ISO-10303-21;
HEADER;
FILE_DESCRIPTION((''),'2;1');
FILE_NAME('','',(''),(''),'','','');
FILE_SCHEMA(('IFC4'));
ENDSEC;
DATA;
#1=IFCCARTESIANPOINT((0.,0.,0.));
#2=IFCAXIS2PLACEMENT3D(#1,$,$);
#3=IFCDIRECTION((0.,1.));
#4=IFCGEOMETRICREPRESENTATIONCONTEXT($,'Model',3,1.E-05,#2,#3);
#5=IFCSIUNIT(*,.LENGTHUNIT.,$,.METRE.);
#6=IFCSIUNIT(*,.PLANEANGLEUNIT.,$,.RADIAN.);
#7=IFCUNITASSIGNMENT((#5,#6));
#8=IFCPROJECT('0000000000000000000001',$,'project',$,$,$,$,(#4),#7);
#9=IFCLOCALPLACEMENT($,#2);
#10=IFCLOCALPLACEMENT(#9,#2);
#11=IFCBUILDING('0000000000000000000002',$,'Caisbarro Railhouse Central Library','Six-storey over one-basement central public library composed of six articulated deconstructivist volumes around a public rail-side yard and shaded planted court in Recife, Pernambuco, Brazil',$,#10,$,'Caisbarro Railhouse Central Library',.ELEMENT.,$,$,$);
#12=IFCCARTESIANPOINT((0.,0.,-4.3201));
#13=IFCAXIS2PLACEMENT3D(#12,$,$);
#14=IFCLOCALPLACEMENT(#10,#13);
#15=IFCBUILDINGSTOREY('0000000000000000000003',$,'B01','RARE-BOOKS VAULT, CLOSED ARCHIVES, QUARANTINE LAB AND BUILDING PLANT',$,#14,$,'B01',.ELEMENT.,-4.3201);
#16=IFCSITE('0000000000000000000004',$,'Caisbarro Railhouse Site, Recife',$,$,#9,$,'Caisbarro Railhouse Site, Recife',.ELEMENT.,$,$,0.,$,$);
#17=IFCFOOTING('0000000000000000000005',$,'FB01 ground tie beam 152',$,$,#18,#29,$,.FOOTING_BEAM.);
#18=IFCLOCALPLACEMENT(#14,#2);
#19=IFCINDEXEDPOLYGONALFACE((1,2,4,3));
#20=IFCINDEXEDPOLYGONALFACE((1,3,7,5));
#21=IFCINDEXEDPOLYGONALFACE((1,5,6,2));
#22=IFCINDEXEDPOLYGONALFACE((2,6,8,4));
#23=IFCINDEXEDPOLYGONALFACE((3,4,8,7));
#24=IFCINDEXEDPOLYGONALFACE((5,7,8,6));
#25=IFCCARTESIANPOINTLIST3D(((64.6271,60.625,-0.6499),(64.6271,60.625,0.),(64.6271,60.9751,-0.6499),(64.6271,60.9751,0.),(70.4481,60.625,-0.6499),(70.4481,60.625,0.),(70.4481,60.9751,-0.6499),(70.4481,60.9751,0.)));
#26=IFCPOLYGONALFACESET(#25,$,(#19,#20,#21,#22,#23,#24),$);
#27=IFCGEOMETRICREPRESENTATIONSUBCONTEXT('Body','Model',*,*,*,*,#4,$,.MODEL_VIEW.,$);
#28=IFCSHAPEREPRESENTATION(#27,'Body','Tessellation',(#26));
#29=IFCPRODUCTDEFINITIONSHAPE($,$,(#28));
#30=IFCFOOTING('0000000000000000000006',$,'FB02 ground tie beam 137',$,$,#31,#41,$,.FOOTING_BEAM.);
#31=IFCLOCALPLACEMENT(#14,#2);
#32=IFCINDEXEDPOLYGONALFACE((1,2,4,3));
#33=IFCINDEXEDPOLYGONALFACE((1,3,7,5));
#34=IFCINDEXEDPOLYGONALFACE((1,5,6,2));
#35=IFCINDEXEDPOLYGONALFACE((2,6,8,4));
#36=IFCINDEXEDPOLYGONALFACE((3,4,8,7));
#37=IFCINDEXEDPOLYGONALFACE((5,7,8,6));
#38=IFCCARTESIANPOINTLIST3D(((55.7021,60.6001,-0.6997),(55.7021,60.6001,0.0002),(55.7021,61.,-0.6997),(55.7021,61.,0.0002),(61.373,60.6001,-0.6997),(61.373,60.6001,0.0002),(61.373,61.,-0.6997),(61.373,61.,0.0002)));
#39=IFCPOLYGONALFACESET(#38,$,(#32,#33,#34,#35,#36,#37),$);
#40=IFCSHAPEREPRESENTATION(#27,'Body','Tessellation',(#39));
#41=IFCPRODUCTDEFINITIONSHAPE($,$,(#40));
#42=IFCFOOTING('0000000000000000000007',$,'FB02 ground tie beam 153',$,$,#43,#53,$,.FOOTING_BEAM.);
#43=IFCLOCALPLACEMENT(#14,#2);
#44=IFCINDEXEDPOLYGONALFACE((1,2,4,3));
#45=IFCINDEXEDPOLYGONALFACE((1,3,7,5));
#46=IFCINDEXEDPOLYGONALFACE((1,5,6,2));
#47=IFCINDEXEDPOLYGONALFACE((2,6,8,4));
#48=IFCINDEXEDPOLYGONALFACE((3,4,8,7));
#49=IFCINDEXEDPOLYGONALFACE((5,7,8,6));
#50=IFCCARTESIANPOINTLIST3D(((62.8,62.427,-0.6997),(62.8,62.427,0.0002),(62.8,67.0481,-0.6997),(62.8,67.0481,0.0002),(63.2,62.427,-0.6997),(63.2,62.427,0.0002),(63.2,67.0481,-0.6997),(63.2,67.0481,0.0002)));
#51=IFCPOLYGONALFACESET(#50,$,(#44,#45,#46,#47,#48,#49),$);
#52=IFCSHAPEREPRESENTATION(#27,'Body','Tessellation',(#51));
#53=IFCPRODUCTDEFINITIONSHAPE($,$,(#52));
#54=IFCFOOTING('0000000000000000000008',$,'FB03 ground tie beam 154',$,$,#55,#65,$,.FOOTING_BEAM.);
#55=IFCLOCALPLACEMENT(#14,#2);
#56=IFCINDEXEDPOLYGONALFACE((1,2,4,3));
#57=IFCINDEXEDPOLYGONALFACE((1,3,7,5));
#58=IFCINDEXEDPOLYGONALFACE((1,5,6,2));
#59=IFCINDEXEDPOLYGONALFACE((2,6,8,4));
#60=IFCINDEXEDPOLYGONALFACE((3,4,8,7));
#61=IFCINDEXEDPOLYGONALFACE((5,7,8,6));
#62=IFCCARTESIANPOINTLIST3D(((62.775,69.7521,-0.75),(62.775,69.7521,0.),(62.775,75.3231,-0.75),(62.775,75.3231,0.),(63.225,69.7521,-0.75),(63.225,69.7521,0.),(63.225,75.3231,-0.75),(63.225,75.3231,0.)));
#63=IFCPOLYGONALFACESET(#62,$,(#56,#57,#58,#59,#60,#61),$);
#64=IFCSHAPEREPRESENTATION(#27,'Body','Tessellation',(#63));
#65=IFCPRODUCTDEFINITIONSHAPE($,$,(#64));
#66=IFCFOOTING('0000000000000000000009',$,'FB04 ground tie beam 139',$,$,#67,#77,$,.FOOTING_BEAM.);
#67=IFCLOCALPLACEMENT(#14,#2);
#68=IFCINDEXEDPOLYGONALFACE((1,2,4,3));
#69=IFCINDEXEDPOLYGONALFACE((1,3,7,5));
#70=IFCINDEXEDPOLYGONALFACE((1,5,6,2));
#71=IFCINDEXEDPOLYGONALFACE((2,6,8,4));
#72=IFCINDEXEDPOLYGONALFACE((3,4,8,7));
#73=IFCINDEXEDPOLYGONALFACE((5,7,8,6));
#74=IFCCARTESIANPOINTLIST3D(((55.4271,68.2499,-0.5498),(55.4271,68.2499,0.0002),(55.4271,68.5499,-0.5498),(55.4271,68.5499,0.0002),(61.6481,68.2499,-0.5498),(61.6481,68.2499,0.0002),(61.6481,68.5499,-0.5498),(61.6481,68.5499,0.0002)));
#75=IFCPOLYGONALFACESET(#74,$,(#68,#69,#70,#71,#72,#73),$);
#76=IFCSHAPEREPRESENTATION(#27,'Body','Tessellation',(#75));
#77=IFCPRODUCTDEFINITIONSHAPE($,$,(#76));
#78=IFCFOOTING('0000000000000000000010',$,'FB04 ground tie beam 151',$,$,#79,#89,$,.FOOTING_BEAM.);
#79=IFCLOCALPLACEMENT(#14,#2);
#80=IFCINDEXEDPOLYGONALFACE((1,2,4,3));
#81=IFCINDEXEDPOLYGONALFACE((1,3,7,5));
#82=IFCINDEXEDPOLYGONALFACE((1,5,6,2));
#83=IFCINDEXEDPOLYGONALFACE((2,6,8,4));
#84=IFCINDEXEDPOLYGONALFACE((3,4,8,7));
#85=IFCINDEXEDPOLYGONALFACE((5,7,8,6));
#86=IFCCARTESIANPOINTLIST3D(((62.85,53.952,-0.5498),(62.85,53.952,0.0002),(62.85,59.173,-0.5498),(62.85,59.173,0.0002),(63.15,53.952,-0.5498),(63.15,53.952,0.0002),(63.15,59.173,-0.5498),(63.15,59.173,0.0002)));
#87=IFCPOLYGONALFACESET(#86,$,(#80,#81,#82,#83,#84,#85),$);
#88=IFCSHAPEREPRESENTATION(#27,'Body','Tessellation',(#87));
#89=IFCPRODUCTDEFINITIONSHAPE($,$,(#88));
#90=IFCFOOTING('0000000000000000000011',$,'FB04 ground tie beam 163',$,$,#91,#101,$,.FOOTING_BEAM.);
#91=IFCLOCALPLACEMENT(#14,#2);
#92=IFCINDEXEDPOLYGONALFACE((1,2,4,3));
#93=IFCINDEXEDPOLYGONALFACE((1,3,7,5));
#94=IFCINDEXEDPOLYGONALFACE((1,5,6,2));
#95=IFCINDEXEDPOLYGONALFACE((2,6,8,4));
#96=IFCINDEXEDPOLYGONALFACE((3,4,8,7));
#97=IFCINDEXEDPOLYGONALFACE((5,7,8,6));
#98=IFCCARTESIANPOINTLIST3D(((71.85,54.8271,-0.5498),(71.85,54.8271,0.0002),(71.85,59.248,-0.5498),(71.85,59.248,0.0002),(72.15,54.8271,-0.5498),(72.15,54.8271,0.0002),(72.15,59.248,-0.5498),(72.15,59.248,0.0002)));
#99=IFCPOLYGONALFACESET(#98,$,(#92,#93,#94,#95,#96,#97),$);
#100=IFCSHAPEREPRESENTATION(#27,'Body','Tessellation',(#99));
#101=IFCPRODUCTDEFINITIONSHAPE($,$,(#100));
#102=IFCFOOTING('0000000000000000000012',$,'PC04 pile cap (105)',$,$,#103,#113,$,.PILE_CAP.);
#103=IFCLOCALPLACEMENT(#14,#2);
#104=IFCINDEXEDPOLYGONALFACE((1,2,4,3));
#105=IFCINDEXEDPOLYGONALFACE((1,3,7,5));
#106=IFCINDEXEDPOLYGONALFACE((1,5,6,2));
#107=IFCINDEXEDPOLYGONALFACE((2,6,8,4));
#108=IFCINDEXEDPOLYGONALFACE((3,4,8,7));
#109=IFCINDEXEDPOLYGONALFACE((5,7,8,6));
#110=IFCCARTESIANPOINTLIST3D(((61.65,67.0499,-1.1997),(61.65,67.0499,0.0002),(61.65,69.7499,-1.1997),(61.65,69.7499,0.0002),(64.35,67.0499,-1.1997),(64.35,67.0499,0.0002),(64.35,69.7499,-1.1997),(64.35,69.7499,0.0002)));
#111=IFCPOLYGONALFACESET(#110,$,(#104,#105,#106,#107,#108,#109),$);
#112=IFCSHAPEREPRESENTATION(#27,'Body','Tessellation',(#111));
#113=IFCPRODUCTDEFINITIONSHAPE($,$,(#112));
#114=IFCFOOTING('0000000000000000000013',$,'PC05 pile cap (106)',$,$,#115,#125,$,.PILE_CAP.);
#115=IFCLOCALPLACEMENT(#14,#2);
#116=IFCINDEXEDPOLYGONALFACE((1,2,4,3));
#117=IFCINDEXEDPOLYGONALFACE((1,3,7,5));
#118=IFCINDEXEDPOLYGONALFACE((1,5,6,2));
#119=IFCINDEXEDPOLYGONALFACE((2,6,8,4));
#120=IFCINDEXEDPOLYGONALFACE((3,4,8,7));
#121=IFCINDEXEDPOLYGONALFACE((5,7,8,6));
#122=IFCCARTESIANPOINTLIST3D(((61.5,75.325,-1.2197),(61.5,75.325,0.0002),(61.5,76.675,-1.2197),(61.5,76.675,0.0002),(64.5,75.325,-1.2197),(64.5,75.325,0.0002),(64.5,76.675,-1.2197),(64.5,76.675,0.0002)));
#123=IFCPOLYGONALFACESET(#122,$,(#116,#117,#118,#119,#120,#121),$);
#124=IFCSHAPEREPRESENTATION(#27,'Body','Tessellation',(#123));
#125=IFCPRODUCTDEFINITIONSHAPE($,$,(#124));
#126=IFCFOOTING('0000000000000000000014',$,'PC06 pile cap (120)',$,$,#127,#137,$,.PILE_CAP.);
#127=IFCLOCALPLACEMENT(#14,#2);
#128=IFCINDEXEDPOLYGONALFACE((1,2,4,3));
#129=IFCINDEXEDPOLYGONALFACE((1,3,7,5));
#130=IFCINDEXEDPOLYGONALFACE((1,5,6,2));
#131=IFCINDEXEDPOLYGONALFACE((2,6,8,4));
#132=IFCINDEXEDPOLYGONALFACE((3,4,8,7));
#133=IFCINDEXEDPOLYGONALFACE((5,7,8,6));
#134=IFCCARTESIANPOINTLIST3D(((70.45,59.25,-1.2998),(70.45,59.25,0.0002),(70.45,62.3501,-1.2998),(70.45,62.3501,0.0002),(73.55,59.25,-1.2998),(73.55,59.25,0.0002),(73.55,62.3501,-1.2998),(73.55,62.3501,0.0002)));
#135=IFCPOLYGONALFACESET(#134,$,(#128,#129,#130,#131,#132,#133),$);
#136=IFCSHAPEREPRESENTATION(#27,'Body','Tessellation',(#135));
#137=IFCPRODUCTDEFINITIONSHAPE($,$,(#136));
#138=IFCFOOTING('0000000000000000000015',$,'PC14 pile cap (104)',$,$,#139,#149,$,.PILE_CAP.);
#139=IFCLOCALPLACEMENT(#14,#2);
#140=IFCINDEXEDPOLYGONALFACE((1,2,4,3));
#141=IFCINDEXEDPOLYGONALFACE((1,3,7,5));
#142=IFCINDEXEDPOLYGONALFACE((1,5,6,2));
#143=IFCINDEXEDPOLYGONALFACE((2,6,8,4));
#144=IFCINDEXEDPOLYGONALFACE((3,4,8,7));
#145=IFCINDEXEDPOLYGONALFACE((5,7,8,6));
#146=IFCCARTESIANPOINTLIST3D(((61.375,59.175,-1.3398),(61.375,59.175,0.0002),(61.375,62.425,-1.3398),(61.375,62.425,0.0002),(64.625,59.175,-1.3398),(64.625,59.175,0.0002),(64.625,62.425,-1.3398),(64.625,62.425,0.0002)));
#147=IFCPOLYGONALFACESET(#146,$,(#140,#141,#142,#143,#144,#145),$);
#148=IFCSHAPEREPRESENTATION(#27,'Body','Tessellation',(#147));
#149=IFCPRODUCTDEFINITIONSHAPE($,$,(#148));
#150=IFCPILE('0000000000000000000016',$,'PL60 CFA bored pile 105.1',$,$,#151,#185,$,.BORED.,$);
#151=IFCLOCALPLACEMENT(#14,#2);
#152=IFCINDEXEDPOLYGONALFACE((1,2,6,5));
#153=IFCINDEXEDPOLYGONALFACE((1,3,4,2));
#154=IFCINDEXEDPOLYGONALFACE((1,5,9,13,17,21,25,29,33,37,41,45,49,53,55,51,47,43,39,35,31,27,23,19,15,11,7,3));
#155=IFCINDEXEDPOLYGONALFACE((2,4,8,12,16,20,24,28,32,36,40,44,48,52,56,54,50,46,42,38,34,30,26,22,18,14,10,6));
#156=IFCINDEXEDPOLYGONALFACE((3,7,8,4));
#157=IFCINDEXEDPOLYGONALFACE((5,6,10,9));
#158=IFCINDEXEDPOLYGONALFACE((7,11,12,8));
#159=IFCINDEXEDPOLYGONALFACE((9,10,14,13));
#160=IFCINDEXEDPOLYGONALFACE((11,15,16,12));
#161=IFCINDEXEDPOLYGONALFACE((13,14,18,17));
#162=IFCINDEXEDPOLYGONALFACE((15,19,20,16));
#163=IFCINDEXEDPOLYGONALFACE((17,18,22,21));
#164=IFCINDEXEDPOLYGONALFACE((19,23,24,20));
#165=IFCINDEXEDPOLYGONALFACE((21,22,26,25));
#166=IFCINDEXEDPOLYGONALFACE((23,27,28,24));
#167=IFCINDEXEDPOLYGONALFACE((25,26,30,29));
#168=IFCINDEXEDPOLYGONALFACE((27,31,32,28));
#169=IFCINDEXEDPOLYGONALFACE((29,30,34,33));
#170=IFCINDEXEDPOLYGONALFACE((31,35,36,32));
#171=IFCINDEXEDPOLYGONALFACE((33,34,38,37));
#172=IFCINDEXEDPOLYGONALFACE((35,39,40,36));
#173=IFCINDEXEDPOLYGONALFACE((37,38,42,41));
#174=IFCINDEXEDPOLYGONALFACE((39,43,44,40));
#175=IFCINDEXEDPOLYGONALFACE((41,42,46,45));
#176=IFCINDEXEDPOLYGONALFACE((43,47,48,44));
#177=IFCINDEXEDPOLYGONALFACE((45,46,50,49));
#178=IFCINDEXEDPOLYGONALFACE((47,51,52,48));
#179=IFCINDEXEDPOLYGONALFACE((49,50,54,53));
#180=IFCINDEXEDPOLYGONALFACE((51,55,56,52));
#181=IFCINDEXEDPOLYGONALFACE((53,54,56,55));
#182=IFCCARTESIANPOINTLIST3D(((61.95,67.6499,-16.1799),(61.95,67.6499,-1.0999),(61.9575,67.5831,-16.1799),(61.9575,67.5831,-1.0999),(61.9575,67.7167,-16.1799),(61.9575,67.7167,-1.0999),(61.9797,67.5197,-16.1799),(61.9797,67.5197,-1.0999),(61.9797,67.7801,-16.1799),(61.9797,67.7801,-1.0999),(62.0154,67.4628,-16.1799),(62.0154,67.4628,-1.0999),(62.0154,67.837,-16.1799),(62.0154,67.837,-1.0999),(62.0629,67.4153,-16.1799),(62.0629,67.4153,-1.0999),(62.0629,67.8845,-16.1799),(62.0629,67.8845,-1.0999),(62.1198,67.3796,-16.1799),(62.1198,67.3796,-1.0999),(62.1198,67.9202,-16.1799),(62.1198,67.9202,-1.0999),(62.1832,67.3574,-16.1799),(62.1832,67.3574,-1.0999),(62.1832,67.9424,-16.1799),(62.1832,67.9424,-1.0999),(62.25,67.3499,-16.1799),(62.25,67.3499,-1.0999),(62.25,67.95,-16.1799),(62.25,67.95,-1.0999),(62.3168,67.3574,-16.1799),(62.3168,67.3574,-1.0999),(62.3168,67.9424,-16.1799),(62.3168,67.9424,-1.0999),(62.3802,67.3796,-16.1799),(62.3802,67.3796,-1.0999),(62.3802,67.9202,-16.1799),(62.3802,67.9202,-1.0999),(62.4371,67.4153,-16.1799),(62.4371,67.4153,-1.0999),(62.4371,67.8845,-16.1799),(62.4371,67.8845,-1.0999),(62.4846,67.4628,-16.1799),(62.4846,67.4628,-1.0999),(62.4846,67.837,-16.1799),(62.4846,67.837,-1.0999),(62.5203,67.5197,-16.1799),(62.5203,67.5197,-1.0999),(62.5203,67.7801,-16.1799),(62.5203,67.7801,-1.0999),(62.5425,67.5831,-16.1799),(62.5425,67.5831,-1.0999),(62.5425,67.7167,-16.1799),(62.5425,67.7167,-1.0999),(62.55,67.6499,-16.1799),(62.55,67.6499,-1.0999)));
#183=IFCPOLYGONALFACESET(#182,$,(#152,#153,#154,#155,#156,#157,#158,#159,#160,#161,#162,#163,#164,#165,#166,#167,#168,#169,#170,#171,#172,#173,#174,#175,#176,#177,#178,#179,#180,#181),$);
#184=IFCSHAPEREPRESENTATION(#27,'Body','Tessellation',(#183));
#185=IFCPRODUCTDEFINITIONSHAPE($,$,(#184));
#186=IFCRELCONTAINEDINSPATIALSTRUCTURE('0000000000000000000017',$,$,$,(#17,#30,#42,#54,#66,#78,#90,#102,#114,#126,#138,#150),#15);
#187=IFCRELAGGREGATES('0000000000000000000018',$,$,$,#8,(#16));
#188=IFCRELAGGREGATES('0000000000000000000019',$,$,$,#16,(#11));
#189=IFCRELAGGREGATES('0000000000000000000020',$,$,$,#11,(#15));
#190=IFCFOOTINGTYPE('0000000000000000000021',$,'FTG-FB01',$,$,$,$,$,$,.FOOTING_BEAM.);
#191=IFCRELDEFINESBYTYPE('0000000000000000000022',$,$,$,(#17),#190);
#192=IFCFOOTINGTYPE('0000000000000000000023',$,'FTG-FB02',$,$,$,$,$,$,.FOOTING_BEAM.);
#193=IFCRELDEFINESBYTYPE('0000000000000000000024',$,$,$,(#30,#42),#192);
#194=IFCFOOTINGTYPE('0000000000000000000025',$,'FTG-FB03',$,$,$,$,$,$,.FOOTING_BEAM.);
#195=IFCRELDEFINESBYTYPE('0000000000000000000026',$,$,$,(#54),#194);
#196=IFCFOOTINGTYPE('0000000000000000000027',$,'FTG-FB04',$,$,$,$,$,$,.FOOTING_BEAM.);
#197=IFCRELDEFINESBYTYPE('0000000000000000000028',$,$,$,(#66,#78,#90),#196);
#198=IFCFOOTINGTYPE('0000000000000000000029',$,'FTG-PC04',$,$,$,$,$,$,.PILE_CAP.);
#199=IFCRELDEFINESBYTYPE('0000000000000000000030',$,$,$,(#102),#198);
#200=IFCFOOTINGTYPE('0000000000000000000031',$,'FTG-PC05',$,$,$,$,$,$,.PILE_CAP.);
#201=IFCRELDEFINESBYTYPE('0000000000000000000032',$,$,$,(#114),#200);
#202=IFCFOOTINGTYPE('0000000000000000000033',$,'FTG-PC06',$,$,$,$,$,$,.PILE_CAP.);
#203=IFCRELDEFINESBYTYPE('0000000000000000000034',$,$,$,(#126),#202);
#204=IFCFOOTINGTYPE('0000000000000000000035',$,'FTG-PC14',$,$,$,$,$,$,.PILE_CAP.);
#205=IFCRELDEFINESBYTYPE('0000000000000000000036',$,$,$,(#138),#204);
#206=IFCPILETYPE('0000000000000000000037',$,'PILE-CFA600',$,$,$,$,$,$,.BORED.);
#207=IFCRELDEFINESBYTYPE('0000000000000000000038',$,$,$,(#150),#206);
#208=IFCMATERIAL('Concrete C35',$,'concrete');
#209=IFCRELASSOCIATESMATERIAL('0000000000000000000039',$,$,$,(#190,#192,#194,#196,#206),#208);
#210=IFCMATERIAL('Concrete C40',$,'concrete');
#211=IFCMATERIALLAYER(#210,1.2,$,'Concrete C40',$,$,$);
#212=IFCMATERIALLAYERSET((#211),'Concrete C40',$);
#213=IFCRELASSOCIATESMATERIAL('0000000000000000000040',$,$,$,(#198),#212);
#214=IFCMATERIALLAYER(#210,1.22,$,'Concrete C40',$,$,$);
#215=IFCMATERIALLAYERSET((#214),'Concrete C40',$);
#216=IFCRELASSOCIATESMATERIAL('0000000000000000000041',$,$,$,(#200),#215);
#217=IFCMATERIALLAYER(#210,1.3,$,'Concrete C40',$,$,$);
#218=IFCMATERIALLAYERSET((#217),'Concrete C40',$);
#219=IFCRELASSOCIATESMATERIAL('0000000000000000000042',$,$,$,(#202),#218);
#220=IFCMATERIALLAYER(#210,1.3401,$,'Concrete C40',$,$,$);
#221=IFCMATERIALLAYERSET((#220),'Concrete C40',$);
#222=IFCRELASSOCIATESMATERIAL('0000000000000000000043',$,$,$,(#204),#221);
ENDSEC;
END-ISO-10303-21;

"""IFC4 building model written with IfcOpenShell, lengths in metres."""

from ifc_helpers import new_model, si_unit, direction, frame, origin, origin_2d, place, context, subcontext, project, spatial, rectangle, circle, extrude, material, layer, layer_set, material_profile, profile_set, type_object, element, save


model = new_model("IFC4")

# Units and contexts
model_context = context("Model", 3, precision=1e-05, world=origin(), true_north=direction((0.0, 1.0)))
body_context = subcontext(model_context, "Body", "Model", "MODEL_VIEW")
ifc_project = project(units=[si_unit("LENGTHUNIT", "METRE"), si_unit("PLANEANGLEUNIT", "RADIAN")], contexts=[model_context])

# Site, building, storey
site_placement = place(None, origin())
site = spatial("IfcSite", under=ifc_project, at=site_placement, Name="Caisbarro Railhouse Site, Recife", LongName="Caisbarro Railhouse Site, Recife", CompositionType="ELEMENT", RefElevation=0.0)
building_placement = place(site_placement, origin())
building = spatial("IfcBuilding", under=site, at=building_placement, Name="Caisbarro Railhouse Central Library", Description="Six-storey over one-basement central public library composed of six articulated deconstructivist volumes around a public rail-side yard and shaded planted court in Recife, Pernambuco, Brazil", LongName="Caisbarro Railhouse Central Library", CompositionType="ELEMENT")
storey_placement = place(building_placement, frame((0.0, 0.0, -4.3201)))
storey = spatial("IfcBuildingStorey", under=building, at=storey_placement, Name="B01", Description="RARE-BOOKS VAULT, CLOSED ARCHIVES, QUARANTINE LAB AND BUILDING PLANT", LongName="B01", CompositionType="ELEMENT", Elevation=-4.3201)

# Footings
ifc_material_1 = material(Name="Concrete C35", Category="concrete")
footing_type_1 = type_object("IfcFootingType", Name="FTG-FB01", PredefinedType="FOOTING_BEAM", material=ifc_material_1)
footing_1_placement = place(storey_placement, frame((67.5376, 60.8, -0.6499), z_axis=(0.0, 0.0, 1.0), x_axis=(1.0, 0.0, 0.0)))
element("IfcFooting", 1, at=footing_1_placement, inside=storey, type_object=footing_type_1, Name="FB01 ground tie beam 152", PredefinedType="FOOTING_BEAM", context=body_context, shape_type="SweptSolid", body=[
    extrude(rectangle(XDim=5.821, YDim=0.3501, at=origin_2d()), origin(), (0.0, 0.0, 1.0), 0.6499),
])
footing_type_2 = type_object("IfcFootingType", Name="FTG-FB02", PredefinedType="FOOTING_BEAM", material=ifc_material_1)
footing_2_placement = place(storey_placement, frame((58.5376, 60.8, -0.6997), z_axis=(0.0, 0.0, 1.0), x_axis=(1.0, 0.0, 0.0)))
element("IfcFooting", 2, at=footing_2_placement, inside=storey, type_object=footing_type_2, Name="FB02 ground tie beam 137", PredefinedType="FOOTING_BEAM", context=body_context, shape_type="SweptSolid", body=[
    extrude(rectangle(XDim=5.6709, YDim=0.3999, at=origin_2d()), origin(), (0.0, 0.0, 1.0), 0.7),
])
footing_3_placement = place(storey_placement, frame((63.0, 64.7375, -0.6997), z_axis=(0.0, 0.0, 1.0), x_axis=(0.0, 1.0, 0.0)))
element("IfcFooting", 3, at=footing_3_placement, inside=storey, type_object=footing_type_2, Name="FB02 ground tie beam 153", PredefinedType="FOOTING_BEAM", context=body_context, shape_type="SweptSolid", body=[
    extrude(rectangle(XDim=4.6211, YDim=0.3999, at=origin_2d()), origin(), (0.0, 0.0, 1.0), 0.7),
])
footing_type_3 = type_object("IfcFootingType", Name="FTG-FB03", PredefinedType="FOOTING_BEAM", material=ifc_material_1)
footing_4_placement = place(storey_placement, frame((63.0, 72.5376, -0.75), z_axis=(0.0, 0.0, 1.0), x_axis=(0.0, 1.0, 0.0)))
element("IfcFooting", 4, at=footing_4_placement, inside=storey, type_object=footing_type_3, Name="FB03 ground tie beam 154", PredefinedType="FOOTING_BEAM", context=body_context, shape_type="SweptSolid", body=[
    extrude(rectangle(XDim=5.571, YDim=0.45, at=origin_2d()), origin(), (0.0, 0.0, 1.0), 0.75),
])
footing_type_4 = type_object("IfcFootingType", Name="FTG-FB04", PredefinedType="FOOTING_BEAM", material=ifc_material_1)
footing_5_placement = place(storey_placement, frame((58.5376, 68.3999, -0.5498), z_axis=(0.0, 0.0, 1.0), x_axis=(1.0, 0.0, 0.0)))
element("IfcFooting", 5, at=footing_5_placement, inside=storey, type_object=footing_type_4, Name="FB04 ground tie beam 139", PredefinedType="FOOTING_BEAM", context=body_context, shape_type="SweptSolid", body=[
    extrude(rectangle(XDim=6.2209, YDim=0.3, at=origin_2d()), origin(), (0.0, 0.0, 1.0), 0.55),
])
footing_6_placement = place(storey_placement, frame((63.0, 56.5625, -0.5498), z_axis=(0.0, 0.0, 1.0), x_axis=(0.0, 1.0, 0.0)))
element("IfcFooting", 6, at=footing_6_placement, inside=storey, type_object=footing_type_4, Name="FB04 ground tie beam 151", PredefinedType="FOOTING_BEAM", context=body_context, shape_type="SweptSolid", body=[
    extrude(rectangle(XDim=5.2209, YDim=0.3, at=origin_2d()), origin(), (0.0, 0.0, 1.0), 0.55),
])
footing_7_placement = place(storey_placement, frame((72.0, 57.0376, -0.5498), z_axis=(0.0, 0.0, 1.0), x_axis=(0.0, 1.0, 0.0)))
element("IfcFooting", 7, at=footing_7_placement, inside=storey, type_object=footing_type_4, Name="FB04 ground tie beam 163", PredefinedType="FOOTING_BEAM", context=body_context, shape_type="SweptSolid", body=[
    extrude(rectangle(XDim=4.4209, YDim=0.3, at=origin_2d()), origin(), (0.0, 0.0, 1.0), 0.55),
])
ifc_material_2 = material(Name="Concrete C40", Category="concrete")
ifc_layer_1 = layer(ifc_material_2, 1.2, Name="Concrete C40")
ifc_layer_set_1 = layer_set([ifc_layer_1], Name="Concrete C40")
footing_type_5 = type_object("IfcFootingType", Name="FTG-PC04", PredefinedType="PILE_CAP", material=ifc_layer_set_1)
footing_8_placement = place(storey_placement, frame((63.0, 68.3999, -1.1997), z_axis=(0.0, 0.0, 1.0), x_axis=(1.0, 0.0, 0.0)))
element("IfcFooting", 8, at=footing_8_placement, inside=storey, type_object=footing_type_5, Name="PC04 pile cap (105)", PredefinedType="PILE_CAP", context=body_context, shape_type="SweptSolid", body=[
    extrude(rectangle(XDim=2.7, YDim=2.7, at=origin_2d()), origin(), (0.0, 0.0, 1.0), 1.2),
])
ifc_layer_2 = layer(ifc_material_2, 1.22, Name="Concrete C40")
ifc_layer_set_2 = layer_set([ifc_layer_2], Name="Concrete C40")
footing_type_6 = type_object("IfcFootingType", Name="FTG-PC05", PredefinedType="PILE_CAP", material=ifc_layer_set_2)
footing_9_placement = place(storey_placement, frame((63.0, 76.0, -1.2197), z_axis=(0.0, 0.0, 1.0), x_axis=(1.0, 0.0, 0.0)))
element("IfcFooting", 9, at=footing_9_placement, inside=storey, type_object=footing_type_6, Name="PC05 pile cap (106)", PredefinedType="PILE_CAP", context=body_context, shape_type="SweptSolid", body=[
    extrude(rectangle(XDim=3.0, YDim=1.3501, at=origin_2d()), origin(), (0.0, 0.0, 1.0), 1.22),
])
ifc_layer_3 = layer(ifc_material_2, 1.3, Name="Concrete C40")
ifc_layer_set_3 = layer_set([ifc_layer_3], Name="Concrete C40")
footing_type_7 = type_object("IfcFootingType", Name="FTG-PC06", PredefinedType="PILE_CAP", material=ifc_layer_set_3)
footing_10_placement = place(storey_placement, frame((72.0, 60.8, -1.2998), z_axis=(0.0, 0.0, 1.0), x_axis=(1.0, 0.0, 0.0)))
element("IfcFooting", 10, at=footing_10_placement, inside=storey, type_object=footing_type_7, Name="PC06 pile cap (120)", PredefinedType="PILE_CAP", context=body_context, shape_type="SweptSolid", body=[
    extrude(rectangle(XDim=3.1001, YDim=3.1001, at=origin_2d()), origin(), (0.0, 0.0, 1.0), 1.3),
])
ifc_layer_4 = layer(ifc_material_2, 1.3401, Name="Concrete C40")
ifc_layer_set_4 = layer_set([ifc_layer_4], Name="Concrete C40")
footing_type_8 = type_object("IfcFootingType", Name="FTG-PC14", PredefinedType="PILE_CAP", material=ifc_layer_set_4)
footing_11_placement = place(storey_placement, frame((63.0, 60.8, -1.3398), z_axis=(0.0, 0.0, 1.0), x_axis=(1.0, 0.0, 0.0)))
element("IfcFooting", 11, at=footing_11_placement, inside=storey, type_object=footing_type_8, Name="PC14 pile cap (104)", PredefinedType="PILE_CAP", context=body_context, shape_type="SweptSolid", body=[
    extrude(rectangle(XDim=3.25, YDim=3.25, at=origin_2d()), origin(), (0.0, 0.0, 1.0), 1.3401),
])

# Pile
ifc_material_profile_1 = material_profile(ifc_material_1, circle(Radius=0.3, at=origin_2d()), Name="PILE-CFA-600")
ifc_profile_set_1 = profile_set([ifc_material_profile_1], Name="Concrete C35")
pile_type_1 = type_object("IfcPileType", Name="PILE-CFA600", PredefinedType="BORED", material=ifc_profile_set_1)
for number, where, z_axis, x_axis, name in (
    (12, (62.25, 67.6499, -1.0999), (0.0, 0.0, -1.0), (1.0, 0.0, 0.0), "PL60 CFA bored pile 105.1"),
):
    element("IfcPile", number, at=place(storey_placement, frame(where, z_axis=z_axis, x_axis=x_axis)), inside=storey, type_object=pile_type_1, Name=name, PredefinedType="BORED", context=body_context, shape_type="SweptSolid", body=[
        extrude(circle(Radius=0.3, at=origin_2d()), origin(), (0.0, 0.0, 1.0), 15.0801),
    ])

save(model, "model.ifc")
